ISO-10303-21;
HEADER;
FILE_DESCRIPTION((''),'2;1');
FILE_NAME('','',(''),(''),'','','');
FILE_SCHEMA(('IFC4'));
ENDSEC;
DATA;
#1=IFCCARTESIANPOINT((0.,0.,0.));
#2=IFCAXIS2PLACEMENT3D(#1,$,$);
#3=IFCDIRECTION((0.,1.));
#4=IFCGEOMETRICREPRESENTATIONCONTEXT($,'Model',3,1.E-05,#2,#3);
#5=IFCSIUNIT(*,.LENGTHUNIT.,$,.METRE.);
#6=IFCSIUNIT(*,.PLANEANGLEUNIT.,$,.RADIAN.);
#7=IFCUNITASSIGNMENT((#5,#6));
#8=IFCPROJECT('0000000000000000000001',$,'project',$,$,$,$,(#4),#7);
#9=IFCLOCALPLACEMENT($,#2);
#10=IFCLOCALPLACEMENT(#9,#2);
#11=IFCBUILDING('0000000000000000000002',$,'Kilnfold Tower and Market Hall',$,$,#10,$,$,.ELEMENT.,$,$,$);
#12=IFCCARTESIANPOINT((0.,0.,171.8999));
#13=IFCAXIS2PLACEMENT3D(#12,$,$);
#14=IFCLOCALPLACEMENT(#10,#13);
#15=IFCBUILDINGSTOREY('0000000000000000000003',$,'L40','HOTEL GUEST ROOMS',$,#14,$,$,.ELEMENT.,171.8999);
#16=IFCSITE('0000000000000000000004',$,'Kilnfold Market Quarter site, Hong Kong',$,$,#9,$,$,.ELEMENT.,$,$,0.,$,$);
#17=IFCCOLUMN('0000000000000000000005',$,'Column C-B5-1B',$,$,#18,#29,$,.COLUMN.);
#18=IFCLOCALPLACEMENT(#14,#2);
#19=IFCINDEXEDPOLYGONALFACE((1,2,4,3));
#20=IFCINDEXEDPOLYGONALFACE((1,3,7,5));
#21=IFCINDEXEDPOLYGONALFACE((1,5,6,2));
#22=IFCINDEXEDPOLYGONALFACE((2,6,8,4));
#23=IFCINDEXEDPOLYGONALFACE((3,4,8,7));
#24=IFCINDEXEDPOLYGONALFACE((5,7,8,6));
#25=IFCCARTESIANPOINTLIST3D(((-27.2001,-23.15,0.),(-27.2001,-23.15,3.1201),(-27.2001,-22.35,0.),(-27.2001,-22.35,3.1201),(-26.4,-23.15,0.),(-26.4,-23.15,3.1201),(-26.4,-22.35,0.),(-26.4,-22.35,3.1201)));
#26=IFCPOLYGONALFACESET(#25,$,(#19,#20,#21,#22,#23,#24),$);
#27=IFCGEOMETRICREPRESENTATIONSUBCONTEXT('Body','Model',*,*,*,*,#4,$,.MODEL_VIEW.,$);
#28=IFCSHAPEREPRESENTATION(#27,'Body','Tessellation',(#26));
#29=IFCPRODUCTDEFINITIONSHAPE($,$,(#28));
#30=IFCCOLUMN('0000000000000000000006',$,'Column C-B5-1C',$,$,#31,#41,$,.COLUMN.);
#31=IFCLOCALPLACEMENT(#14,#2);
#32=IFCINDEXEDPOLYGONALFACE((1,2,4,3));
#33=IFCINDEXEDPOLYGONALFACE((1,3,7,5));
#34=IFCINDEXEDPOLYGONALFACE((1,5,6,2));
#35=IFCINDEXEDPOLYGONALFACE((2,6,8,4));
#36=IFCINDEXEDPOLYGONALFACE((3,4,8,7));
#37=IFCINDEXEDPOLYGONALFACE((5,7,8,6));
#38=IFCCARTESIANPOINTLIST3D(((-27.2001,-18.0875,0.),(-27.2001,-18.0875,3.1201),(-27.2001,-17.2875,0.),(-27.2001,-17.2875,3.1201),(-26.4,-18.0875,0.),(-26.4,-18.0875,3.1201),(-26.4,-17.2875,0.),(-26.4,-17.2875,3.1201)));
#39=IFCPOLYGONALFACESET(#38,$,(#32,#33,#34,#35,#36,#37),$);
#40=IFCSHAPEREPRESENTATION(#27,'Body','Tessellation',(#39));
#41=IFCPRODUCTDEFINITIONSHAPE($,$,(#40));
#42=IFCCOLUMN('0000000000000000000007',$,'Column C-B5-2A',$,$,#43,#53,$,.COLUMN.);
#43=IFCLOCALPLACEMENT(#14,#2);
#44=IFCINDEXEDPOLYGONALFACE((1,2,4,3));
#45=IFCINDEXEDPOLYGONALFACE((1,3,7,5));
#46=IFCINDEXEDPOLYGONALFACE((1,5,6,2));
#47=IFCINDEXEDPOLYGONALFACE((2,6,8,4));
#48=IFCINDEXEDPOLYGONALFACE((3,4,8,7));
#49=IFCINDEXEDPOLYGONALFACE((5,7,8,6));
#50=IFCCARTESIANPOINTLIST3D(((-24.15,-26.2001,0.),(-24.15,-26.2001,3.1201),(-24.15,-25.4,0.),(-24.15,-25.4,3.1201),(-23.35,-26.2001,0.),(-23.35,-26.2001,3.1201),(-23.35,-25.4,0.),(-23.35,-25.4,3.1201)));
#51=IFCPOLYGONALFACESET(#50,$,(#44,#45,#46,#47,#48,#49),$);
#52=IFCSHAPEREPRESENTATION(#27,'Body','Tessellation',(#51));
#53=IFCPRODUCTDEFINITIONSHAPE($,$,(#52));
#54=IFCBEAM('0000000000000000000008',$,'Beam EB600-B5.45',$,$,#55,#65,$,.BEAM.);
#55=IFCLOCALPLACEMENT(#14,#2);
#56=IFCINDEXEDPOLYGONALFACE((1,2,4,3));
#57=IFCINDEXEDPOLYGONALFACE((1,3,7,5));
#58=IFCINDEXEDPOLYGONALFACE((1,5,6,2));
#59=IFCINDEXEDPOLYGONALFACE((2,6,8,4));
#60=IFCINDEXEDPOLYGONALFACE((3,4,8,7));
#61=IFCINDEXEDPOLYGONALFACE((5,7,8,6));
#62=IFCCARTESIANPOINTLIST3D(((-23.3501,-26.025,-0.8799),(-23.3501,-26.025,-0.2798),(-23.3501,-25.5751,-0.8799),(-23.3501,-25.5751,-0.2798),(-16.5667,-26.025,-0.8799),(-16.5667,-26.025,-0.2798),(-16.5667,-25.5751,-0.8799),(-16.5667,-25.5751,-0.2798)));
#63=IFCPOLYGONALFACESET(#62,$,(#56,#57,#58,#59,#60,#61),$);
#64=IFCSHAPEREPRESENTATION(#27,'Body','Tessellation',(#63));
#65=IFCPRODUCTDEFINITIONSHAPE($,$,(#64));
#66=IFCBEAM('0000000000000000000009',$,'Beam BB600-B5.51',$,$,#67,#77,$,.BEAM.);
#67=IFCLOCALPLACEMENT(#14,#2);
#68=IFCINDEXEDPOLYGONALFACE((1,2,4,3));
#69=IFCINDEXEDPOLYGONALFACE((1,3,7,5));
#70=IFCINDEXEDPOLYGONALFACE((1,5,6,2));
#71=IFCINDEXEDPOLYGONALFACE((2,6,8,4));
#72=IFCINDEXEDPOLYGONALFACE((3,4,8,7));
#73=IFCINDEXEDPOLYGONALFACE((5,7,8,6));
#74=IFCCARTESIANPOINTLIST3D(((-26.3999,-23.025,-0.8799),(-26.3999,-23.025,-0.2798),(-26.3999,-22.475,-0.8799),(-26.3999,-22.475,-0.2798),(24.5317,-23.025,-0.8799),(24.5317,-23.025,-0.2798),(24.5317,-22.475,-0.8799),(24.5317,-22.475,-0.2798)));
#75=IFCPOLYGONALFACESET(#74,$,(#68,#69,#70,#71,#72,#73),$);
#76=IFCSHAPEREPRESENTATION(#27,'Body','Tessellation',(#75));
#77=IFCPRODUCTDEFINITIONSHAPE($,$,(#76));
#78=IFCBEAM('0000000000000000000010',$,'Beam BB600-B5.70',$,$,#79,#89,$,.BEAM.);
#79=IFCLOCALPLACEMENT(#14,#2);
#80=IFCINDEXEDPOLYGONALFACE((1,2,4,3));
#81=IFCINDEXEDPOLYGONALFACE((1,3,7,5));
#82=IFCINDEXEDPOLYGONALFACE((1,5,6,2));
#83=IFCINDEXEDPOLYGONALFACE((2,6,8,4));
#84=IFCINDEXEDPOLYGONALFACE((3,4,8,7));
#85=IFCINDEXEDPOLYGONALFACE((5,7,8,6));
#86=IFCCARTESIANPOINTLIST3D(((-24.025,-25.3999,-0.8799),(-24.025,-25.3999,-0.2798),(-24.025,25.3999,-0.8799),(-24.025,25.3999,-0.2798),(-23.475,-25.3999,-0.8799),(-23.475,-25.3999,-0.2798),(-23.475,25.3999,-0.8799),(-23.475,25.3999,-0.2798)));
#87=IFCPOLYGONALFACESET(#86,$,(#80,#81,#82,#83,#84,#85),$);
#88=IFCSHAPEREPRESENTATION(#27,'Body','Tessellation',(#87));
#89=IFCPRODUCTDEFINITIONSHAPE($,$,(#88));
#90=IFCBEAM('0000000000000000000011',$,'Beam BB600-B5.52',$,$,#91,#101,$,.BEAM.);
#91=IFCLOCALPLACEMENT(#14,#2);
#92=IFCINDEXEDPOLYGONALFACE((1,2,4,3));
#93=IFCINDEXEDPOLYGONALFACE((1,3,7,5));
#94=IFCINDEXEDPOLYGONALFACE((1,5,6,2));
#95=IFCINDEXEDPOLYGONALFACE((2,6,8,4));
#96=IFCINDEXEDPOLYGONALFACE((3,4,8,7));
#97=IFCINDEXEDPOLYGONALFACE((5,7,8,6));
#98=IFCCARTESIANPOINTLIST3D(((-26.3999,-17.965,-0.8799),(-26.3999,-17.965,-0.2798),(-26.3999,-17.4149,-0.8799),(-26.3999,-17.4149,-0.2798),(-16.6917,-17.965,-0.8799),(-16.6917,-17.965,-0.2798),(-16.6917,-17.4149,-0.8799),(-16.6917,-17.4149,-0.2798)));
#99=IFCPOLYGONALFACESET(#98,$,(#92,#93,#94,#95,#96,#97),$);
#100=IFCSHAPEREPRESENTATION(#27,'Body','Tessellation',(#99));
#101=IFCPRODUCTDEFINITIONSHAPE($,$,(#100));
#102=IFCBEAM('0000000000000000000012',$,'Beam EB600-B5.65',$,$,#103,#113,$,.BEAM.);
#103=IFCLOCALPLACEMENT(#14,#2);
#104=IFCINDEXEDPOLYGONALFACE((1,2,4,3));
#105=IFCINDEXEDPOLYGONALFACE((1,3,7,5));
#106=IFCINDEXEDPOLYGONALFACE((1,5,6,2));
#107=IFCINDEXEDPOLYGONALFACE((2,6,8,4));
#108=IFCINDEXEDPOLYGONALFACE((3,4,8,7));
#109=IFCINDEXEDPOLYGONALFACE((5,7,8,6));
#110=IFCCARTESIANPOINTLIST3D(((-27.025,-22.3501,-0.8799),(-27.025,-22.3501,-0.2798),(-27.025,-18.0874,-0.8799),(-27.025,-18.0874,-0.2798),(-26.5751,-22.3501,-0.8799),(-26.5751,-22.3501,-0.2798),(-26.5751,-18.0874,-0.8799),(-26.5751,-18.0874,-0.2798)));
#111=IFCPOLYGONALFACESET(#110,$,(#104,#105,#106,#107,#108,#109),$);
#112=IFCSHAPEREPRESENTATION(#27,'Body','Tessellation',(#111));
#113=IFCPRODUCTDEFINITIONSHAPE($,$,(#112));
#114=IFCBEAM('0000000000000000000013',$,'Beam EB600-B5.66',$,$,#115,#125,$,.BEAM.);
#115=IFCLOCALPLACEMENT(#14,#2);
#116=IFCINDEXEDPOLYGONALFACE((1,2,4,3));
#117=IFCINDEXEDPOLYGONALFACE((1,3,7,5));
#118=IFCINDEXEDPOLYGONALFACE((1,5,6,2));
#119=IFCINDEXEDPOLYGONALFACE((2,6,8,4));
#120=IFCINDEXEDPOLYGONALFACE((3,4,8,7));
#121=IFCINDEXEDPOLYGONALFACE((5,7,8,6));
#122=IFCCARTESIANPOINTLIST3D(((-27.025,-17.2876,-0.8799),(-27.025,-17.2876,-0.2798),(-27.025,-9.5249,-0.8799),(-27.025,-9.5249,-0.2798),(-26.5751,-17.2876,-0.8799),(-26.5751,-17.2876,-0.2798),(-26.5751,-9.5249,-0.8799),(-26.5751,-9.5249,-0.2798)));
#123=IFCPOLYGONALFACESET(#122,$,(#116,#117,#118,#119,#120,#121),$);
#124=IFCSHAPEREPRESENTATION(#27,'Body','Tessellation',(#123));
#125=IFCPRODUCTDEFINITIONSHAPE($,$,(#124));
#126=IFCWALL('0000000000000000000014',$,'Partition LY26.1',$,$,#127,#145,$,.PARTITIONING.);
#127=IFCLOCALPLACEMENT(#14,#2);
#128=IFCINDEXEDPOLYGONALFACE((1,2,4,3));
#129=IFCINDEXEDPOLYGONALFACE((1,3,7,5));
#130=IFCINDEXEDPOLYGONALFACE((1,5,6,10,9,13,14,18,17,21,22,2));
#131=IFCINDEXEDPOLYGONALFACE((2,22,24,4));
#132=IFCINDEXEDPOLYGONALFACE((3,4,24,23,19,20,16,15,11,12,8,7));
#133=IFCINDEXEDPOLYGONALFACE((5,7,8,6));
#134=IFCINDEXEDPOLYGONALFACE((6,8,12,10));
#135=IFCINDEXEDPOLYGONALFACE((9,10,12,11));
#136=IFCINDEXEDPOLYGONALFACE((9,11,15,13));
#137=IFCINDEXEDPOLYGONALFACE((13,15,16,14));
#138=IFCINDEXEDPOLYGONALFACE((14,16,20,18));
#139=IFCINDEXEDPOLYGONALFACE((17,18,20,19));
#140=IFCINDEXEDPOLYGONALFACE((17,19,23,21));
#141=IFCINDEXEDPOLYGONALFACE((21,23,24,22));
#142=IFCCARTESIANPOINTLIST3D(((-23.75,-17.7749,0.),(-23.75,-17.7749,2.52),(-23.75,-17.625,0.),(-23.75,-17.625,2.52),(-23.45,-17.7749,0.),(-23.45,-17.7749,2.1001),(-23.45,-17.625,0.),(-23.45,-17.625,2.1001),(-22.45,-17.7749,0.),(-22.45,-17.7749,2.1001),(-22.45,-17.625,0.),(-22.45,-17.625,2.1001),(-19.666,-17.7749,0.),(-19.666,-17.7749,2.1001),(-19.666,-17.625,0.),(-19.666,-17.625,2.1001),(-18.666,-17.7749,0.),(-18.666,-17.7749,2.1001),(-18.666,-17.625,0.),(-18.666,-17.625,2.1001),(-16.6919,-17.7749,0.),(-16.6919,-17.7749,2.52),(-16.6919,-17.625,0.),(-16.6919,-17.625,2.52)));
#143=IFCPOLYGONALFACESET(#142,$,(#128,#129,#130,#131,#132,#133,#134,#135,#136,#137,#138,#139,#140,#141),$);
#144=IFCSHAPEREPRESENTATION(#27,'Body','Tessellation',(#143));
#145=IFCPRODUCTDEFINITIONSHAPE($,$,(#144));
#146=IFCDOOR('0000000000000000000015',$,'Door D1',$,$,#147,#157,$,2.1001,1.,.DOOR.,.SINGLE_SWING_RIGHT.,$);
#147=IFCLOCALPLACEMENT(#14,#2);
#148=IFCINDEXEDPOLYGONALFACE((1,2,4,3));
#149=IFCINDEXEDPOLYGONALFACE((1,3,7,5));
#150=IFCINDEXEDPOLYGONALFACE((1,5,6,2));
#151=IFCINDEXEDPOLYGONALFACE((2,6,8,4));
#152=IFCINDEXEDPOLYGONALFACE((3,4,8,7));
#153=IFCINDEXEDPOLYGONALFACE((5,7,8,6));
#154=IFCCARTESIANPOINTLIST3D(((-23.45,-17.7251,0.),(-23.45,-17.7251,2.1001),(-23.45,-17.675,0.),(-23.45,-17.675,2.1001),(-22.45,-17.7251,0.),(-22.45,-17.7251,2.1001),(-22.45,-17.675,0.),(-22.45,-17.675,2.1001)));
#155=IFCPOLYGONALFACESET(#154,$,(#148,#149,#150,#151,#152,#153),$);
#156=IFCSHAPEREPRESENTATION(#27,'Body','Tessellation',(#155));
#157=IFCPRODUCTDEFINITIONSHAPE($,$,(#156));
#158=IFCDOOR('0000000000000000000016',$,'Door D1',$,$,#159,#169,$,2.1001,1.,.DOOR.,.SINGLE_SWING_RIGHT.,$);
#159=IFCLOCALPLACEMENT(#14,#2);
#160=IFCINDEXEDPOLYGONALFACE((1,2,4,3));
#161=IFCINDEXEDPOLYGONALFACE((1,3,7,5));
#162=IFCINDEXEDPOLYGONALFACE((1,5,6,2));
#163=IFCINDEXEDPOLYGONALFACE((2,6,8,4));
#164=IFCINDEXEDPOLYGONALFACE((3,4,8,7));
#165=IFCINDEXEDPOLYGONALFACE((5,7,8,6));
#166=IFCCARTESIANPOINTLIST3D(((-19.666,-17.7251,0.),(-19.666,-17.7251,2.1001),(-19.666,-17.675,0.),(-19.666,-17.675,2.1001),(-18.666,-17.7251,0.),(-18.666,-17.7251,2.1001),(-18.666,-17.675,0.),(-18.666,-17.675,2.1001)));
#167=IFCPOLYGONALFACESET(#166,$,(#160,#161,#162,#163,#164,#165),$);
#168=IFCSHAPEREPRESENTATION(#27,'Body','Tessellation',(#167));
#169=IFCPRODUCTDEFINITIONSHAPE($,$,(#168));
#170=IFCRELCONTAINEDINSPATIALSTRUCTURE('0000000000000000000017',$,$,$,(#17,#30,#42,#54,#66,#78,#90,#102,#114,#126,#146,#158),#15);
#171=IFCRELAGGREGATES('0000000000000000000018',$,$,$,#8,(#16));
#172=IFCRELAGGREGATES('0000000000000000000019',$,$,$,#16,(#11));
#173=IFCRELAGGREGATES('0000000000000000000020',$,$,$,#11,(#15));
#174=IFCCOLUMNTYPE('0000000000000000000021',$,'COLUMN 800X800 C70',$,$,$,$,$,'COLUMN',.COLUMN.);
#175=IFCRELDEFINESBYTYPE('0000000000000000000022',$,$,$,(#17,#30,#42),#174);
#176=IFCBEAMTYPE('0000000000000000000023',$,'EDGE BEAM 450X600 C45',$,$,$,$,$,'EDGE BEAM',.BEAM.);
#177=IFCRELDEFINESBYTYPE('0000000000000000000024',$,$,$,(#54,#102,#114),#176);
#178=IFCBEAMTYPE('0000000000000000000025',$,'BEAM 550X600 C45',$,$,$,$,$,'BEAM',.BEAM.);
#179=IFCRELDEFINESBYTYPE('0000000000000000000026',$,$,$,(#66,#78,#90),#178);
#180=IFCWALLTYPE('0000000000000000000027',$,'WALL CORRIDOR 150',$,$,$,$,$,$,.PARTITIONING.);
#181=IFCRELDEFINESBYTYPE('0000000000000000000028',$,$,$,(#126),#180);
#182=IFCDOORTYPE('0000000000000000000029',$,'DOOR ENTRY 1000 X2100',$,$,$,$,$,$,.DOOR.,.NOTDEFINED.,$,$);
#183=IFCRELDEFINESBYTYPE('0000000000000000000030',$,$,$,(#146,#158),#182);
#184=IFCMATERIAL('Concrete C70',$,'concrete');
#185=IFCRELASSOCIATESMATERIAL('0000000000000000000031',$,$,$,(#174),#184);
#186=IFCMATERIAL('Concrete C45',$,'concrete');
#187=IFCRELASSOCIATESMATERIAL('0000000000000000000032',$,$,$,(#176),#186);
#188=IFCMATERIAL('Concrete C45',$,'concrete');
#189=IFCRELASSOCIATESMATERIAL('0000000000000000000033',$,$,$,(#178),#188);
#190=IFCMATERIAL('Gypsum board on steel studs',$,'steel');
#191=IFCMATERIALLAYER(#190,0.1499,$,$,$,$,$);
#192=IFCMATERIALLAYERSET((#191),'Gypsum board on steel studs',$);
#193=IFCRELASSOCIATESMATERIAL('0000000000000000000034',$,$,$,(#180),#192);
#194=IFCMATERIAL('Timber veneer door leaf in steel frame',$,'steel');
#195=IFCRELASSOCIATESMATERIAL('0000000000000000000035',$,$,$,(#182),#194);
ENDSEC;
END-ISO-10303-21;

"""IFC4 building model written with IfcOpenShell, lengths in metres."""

from ifc_helpers import new_model, si_unit, direction, frame, frame_2d, origin, origin_2d, place, context, subcontext, project, spatial, rectangle, extrude, source, transform, mapped, material, layer, layer_set, material_profile, profile_set, type_object, element, fill, save


model = new_model("IFC4")

# Units and contexts
model_context = context("Model", 3, precision=1e-05, world=origin(), true_north=direction((0.0, 1.0)))
body_context = subcontext(model_context, "Body", "Model", "MODEL_VIEW")
ifc_project = project(units=[si_unit("LENGTHUNIT", "METRE"), si_unit("PLANEANGLEUNIT", "RADIAN")], contexts=[model_context])

# Site, building, storey
site_placement = place(None, origin())
site = spatial("IfcSite", under=ifc_project, at=site_placement, Name="Kilnfold Market Quarter site, Hong Kong", CompositionType="ELEMENT", RefElevation=0.0)
building_placement = place(site_placement, origin())
building = spatial("IfcBuilding", under=site, at=building_placement, Name="Kilnfold Tower and Market Hall", CompositionType="ELEMENT")
storey_placement = place(building_placement, frame((0.0, 0.0, 171.8999)))
storey = spatial("IfcBuildingStorey", under=building, at=storey_placement, Name="L40", Description="HOTEL GUEST ROOMS", CompositionType="ELEMENT", Elevation=171.8999)

# Columns
ifc_material_1 = material(Name="Concrete C70", Category="concrete")
ifc_material_profile_1 = material_profile(ifc_material_1, rectangle(XDim=0.8, YDim=0.8, at=origin_2d()), Name="RC 800x800")
ifc_profile_set_1 = profile_set([ifc_material_profile_1], Name="Concrete C70")
column_type = type_object("IfcColumnType", Name="COLUMN 800X800 C70", ElementType="COLUMN", PredefinedType="COLUMN", material=ifc_profile_set_1)
shared_shape_1 = source(origin(), body_context, "Body", "SweptSolid", [
    extrude(rectangle(XDim=0.8, YDim=0.8, at=origin_2d()), origin(), (0.0, 0.0, 1.0), 3.1201),
])
for number, where, z_axis, x_axis, name in (
    (1, (-26.8, -22.75, 0.0), (0.0, 0.0, 1.0), (1.0, 0.0, 0.0), "Column C-B5-1B"),
    (2, (-26.8, -17.6875, 0.0), (0.0, 0.0, 1.0), (1.0, 0.0, 0.0), "Column C-B5-1C"),
    (3, (-23.75, -25.8, 0.0), (0.0, 0.0, 1.0), (1.0, 0.0, 0.0), "Column C-B5-2A"),
):
    element("IfcColumn", number, at=place(storey_placement, frame(where, z_axis=z_axis, x_axis=x_axis)), inside=storey, type_object=column_type, Name=name, PredefinedType="COLUMN", context=body_context, shape_type="MappedRepresentation", body=[
        mapped(shared_shape_1, transform((0.0, 0.0, 0.0))),
    ])

# Beams
ifc_material_2 = material(Name="Concrete C45", Category="concrete")
ifc_material_profile_2 = material_profile(ifc_material_2, rectangle(XDim=0.45, YDim=0.6001, at=origin_2d()), Name="RC 450x600")
ifc_profile_set_2 = profile_set([ifc_material_profile_2], Name="Concrete C45")
beam_type_1 = type_object("IfcBeamType", Name="EDGE BEAM 450X600 C45", ElementType="EDGE BEAM", PredefinedType="BEAM", material=ifc_profile_set_2)
shared_shape_2 = source(origin(), body_context, "Body", "SweptSolid", [
    extrude(rectangle(XDim=0.45, YDim=0.6001, at=origin_2d()), origin(), (0.0, 0.0, 1.0), 6.7834),
])
beam_1_placement = place(storey_placement, frame((-23.3501, -25.8, -0.5798), z_axis=(1.0, 0.0, 0.0), x_axis=(0.0, 1.0, 0.0)))
element("IfcBeam", 4, at=beam_1_placement, inside=storey, type_object=beam_type_1, Name="Beam EB600-B5.45", PredefinedType="BEAM", context=body_context, shape_type="MappedRepresentation", body=[
    mapped(shared_shape_2, transform((0.0, 0.0, 0.0))),
])
ifc_material_3 = material(Name="Concrete C45", Category="concrete")
ifc_material_profile_3 = material_profile(ifc_material_3, rectangle(XDim=0.55, YDim=0.6001, at=origin_2d()), Name="RC 550x600")
ifc_profile_set_3 = profile_set([ifc_material_profile_3], Name="Concrete C45")
beam_type_2 = type_object("IfcBeamType", Name="BEAM 550X600 C45", ElementType="BEAM", PredefinedType="BEAM", material=ifc_profile_set_3)
shared_shape_3 = source(origin(), body_context, "Body", "SweptSolid", [
    extrude(rectangle(XDim=0.55, YDim=0.6001, at=origin_2d()), origin(), (0.0, 0.0, 1.0), 50.9316),
])
beam_2_placement = place(storey_placement, frame((-26.3999, -22.75, -0.5798), z_axis=(1.0, 0.0, 0.0), x_axis=(0.0, 1.0, 0.0)))
element("IfcBeam", 5, at=beam_2_placement, inside=storey, type_object=beam_type_2, Name="Beam BB600-B5.51", PredefinedType="BEAM", context=body_context, shape_type="MappedRepresentation", body=[
    mapped(shared_shape_3, transform((0.0, 0.0, 0.0))),
])
shared_shape_4 = source(origin(), body_context, "Body", "SweptSolid", [
    extrude(rectangle(XDim=0.55, YDim=0.6001, at=origin_2d()), origin(), (0.0, 0.0, 1.0), 50.7998),
])
beam_3_placement = place(storey_placement, frame((-23.75, -25.3999, -0.5798), z_axis=(0.0, 1.0, 0.0), x_axis=(-1.0, 0.0, 0.0)))
element("IfcBeam", 6, at=beam_3_placement, inside=storey, type_object=beam_type_2, Name="Beam BB600-B5.70", PredefinedType="BEAM", context=body_context, shape_type="MappedRepresentation", body=[
    mapped(shared_shape_4, transform((0.0, 0.0, 0.0))),
])
shared_shape_5 = source(origin(), body_context, "Body", "SweptSolid", [
    extrude(rectangle(XDim=0.55, YDim=0.6001, at=origin_2d()), origin(), (0.0, 0.0, 1.0), 9.7083),
])
beam_4_placement = place(storey_placement, frame((-26.3999, -17.6899, -0.5798), z_axis=(1.0, 0.0, 0.0), x_axis=(0.0, 1.0, 0.0)))
element("IfcBeam", 7, at=beam_4_placement, inside=storey, type_object=beam_type_2, Name="Beam BB600-B5.52", PredefinedType="BEAM", context=body_context, shape_type="MappedRepresentation", body=[
    mapped(shared_shape_5, transform((0.0, 0.0, 0.0))),
])
shared_shape_6 = source(origin(), body_context, "Body", "SweptSolid", [
    extrude(rectangle(XDim=0.45, YDim=0.6001, at=origin_2d()), origin(), (0.0, 0.0, 1.0), 4.2627),
])
beam_5_placement = place(storey_placement, frame((-26.8, -22.3501, -0.5798), z_axis=(0.0, 1.0, 0.0), x_axis=(-1.0, 0.0, 0.0)))
element("IfcBeam", 8, at=beam_5_placement, inside=storey, type_object=beam_type_1, Name="Beam EB600-B5.65", PredefinedType="BEAM", context=body_context, shape_type="MappedRepresentation", body=[
    mapped(shared_shape_6, transform((0.0, 0.0, 0.0))),
])
shared_shape_7 = source(origin(), body_context, "Body", "SweptSolid", [
    extrude(rectangle(XDim=0.45, YDim=0.6001, at=origin_2d()), origin(), (0.0, 0.0, 1.0), 7.7627),
])
beam_6_placement = place(storey_placement, frame((-26.8, -17.2876, -0.5798), z_axis=(0.0, 1.0, 0.0), x_axis=(-1.0, 0.0, 0.0)))
element("IfcBeam", 9, at=beam_6_placement, inside=storey, type_object=beam_type_1, Name="Beam EB600-B5.66", PredefinedType="BEAM", context=body_context, shape_type="MappedRepresentation", body=[
    mapped(shared_shape_7, transform((0.0, 0.0, 0.0))),
])

# Wall, openings, doors
ifc_material_4 = material(Name="Gypsum board on steel studs", Category="steel")
ifc_layer_1 = layer(ifc_material_4, 0.1499)
ifc_layer_set_1 = layer_set([ifc_layer_1], Name="Gypsum board on steel studs")
wall_type_1 = type_object("IfcWallType", Name="WALL CORRIDOR 150", PredefinedType="PARTITIONING", material=ifc_layer_set_1)
wall_1_placement = place(storey_placement, frame((-23.75, -17.7, 0.0), z_axis=(0.0, 0.0, 1.0), x_axis=(1.0, 0.0, 0.0)))
wall_1 = element("IfcWall", 10, at=wall_1_placement, inside=storey, type_object=wall_type_1, Name="Partition LY26.1", PredefinedType="PARTITIONING", context=body_context, shape_type="SweptSolid", body=[
    extrude(rectangle(XDim=7.0581, YDim=0.1499, at=frame_2d((3.5291, 0.0))), origin(), (0.0, 0.0, 1.0), 2.52),
])
opening_1_placement = place(wall_1_placement, frame((0.3, 0.0, 0.0)))
opening_1 = element("IfcOpeningElement", 11, at=opening_1_placement, cuts=wall_1, PredefinedType="OPENING", context=body_context, shape_type="SweptSolid", body=[
    extrude(rectangle(XDim=1.0, YDim=2.1001, at=frame_2d((0.5, 1.05))), frame((0.0, 0.085, 0.0), z_axis=(0.0, -1.0, 0.0), x_axis=(1.0, 0.0, 0.0)), (0.0, 0.0, 1.0), 0.1699),
])
opening_2_placement = place(wall_1_placement, frame((4.084, 0.0, 0.0)))
opening_2 = element("IfcOpeningElement", 12, at=opening_2_placement, cuts=wall_1, PredefinedType="OPENING", context=body_context, shape_type="SweptSolid", body=[
    extrude(rectangle(XDim=1.0, YDim=2.1001, at=frame_2d((0.5, 1.05))), frame((0.0, 0.085, 0.0), z_axis=(0.0, -1.0, 0.0), x_axis=(1.0, 0.0, 0.0)), (0.0, 0.0, 1.0), 0.1699),
])
ifc_material_5 = material(Name="Timber veneer door leaf in steel frame", Category="steel")
door_type_1 = type_object("IfcDoorType", Name="DOOR ENTRY 1000 X2100", OperationType="NOTDEFINED", PredefinedType="DOOR", material=ifc_material_5)
door_1_placement = place(opening_1_placement, origin())
door_1 = element("IfcDoor", 13, at=door_1_placement, inside=storey, type_object=door_type_1, Name="Door D1", OperationType="SINGLE_SWING_RIGHT", OverallHeight=2.1001, OverallWidth=1.0, PredefinedType="DOOR", context=body_context, shape_type="SweptSolid", body=[
    extrude(rectangle(XDim=1.0, YDim=2.1001, at=frame_2d((0.5, 1.05))), frame((0.0, 0.0249, 0.0), z_axis=(0.0, -1.0, 0.0), x_axis=(1.0, 0.0, 0.0)), (0.0, 0.0, 1.0), 0.05),
])
fill(opening_1, door_1)
door_2_placement = place(opening_2_placement, origin())
door_2 = element("IfcDoor", 14, at=door_2_placement, inside=storey, type_object=door_type_1, Name="Door D1", OperationType="SINGLE_SWING_RIGHT", OverallHeight=2.1001, OverallWidth=1.0, PredefinedType="DOOR", context=body_context, shape_type="SweptSolid", body=[
    extrude(rectangle(XDim=1.0, YDim=2.1001, at=frame_2d((0.5, 1.05))), frame((0.0, 0.0249, 0.0), z_axis=(0.0, -1.0, 0.0), x_axis=(1.0, 0.0, 0.0)), (0.0, 0.0, 1.0), 0.05),
])
fill(opening_2, door_2)

save(model, "model.ifc")
